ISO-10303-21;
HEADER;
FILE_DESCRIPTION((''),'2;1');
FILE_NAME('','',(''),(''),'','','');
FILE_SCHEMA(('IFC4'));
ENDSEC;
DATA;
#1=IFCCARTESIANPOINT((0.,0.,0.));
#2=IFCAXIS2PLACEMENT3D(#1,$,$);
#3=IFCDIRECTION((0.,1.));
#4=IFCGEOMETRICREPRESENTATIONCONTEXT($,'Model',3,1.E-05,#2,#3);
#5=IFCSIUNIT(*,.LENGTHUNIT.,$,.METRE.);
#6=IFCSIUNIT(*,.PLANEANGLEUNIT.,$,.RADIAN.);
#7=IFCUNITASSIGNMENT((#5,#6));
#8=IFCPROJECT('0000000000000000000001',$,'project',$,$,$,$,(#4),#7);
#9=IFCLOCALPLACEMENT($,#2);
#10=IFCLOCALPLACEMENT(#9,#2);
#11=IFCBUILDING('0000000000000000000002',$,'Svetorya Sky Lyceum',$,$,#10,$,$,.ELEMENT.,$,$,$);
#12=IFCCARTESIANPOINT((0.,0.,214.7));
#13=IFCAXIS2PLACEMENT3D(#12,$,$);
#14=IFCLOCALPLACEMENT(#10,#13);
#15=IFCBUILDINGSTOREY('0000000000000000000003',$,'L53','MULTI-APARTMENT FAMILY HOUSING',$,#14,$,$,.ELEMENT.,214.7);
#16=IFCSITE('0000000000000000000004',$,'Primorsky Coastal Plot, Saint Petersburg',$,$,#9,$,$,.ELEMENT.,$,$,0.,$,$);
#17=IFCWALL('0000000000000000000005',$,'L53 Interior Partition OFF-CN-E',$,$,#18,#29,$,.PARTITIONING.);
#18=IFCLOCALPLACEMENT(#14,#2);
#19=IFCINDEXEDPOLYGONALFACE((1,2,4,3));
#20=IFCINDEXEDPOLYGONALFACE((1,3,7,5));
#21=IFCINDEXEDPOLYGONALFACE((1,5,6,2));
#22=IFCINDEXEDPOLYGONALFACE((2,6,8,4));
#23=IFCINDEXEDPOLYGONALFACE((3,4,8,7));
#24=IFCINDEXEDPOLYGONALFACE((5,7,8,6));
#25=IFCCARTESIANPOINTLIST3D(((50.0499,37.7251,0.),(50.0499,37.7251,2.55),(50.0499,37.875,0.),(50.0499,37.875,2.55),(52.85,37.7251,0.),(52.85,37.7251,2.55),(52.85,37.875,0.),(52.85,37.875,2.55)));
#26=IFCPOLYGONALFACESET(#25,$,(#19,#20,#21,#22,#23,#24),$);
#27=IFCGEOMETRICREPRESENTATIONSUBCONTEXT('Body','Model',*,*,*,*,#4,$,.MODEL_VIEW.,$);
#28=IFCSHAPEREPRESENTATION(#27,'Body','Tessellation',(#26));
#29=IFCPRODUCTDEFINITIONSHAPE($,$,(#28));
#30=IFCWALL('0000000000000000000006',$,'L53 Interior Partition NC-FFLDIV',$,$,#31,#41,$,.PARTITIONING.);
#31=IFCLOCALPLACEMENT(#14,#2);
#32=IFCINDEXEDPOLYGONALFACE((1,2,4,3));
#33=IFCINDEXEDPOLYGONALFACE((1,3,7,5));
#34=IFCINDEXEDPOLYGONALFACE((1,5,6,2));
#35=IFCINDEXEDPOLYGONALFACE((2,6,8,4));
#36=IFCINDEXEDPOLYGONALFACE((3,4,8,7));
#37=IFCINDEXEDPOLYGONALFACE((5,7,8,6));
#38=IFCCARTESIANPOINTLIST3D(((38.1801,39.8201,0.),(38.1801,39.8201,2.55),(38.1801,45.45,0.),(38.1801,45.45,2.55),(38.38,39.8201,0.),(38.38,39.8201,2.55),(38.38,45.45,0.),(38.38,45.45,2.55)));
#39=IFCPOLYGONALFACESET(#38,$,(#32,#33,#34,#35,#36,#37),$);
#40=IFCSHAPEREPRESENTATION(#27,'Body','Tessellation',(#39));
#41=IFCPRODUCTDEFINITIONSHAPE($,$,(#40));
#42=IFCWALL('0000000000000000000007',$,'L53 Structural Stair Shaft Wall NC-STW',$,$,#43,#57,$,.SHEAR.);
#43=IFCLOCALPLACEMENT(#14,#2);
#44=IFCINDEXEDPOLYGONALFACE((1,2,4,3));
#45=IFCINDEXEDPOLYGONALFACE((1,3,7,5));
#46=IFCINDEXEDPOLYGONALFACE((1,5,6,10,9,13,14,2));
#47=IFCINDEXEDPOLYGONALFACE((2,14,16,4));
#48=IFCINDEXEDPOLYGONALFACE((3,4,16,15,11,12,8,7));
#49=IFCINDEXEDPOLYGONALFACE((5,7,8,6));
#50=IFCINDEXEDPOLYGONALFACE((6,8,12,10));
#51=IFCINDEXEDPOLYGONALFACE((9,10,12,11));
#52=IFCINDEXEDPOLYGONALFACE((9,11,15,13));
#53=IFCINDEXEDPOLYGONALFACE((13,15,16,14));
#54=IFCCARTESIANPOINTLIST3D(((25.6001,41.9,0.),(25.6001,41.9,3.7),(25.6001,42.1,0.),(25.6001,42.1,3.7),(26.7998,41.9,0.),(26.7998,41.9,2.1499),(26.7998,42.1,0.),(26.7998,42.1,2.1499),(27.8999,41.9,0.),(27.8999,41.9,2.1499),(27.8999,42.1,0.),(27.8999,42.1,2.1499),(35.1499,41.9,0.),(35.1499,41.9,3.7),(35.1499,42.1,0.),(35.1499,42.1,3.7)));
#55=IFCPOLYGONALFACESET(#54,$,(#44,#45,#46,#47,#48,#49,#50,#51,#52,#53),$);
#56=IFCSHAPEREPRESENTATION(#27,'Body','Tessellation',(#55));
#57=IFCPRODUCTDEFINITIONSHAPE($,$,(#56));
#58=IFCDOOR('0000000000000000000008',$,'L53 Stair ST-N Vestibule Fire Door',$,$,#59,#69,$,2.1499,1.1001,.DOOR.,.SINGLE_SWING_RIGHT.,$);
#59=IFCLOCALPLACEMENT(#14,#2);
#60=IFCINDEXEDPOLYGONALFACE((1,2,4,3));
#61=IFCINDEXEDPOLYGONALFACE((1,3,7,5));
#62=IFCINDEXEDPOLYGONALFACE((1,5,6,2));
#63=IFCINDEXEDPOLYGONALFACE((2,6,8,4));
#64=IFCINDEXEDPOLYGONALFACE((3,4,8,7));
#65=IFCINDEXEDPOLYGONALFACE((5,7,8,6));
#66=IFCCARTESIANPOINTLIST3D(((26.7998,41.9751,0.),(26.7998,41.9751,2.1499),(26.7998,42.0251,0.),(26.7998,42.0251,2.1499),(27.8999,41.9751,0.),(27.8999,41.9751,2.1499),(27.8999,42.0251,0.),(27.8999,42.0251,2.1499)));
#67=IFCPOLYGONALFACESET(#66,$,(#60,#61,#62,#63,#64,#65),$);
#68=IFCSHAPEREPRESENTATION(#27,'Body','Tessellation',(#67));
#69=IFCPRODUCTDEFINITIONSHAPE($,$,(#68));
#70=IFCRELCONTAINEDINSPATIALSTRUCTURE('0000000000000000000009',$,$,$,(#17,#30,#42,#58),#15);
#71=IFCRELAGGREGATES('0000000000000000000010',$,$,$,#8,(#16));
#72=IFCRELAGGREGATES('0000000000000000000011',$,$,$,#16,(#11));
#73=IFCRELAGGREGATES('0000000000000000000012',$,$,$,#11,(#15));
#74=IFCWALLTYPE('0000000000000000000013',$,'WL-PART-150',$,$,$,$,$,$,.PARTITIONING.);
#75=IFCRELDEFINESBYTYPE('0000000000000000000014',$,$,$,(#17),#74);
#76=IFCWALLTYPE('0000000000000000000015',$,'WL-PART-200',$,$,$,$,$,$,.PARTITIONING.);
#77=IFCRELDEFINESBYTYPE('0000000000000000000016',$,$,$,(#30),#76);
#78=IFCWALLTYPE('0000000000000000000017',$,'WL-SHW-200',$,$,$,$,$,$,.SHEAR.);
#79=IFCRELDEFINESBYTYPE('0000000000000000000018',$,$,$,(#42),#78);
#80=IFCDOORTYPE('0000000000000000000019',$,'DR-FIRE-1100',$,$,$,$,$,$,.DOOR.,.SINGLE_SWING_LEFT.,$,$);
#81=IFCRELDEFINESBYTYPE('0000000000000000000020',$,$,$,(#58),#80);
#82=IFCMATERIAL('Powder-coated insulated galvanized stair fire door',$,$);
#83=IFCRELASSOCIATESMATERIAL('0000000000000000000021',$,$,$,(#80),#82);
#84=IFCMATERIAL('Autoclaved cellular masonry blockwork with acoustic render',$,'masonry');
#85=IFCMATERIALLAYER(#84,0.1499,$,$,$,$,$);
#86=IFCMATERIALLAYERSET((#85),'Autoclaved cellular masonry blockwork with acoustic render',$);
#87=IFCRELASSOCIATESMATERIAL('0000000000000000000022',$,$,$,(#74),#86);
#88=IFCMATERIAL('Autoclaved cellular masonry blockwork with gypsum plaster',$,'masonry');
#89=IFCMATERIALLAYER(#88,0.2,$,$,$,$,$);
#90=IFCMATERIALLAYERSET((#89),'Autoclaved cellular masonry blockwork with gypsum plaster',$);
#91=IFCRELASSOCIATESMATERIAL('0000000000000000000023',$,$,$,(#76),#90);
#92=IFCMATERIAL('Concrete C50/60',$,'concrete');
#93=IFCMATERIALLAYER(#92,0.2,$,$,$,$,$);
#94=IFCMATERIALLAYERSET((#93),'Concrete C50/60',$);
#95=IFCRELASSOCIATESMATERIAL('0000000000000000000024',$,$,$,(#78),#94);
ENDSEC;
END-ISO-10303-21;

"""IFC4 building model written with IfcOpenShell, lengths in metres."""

from ifc_helpers import new_model, si_unit, direction, frame, frame_2d, origin, place, context, subcontext, project, spatial, rectangle, extrude, material, layer, layer_set, type_object, element, fill, save


model = new_model("IFC4")

# Units and contexts
model_context = context("Model", 3, precision=1e-05, world=origin(), true_north=direction((0.0, 1.0)))
body_context = subcontext(model_context, "Body", "Model", "MODEL_VIEW")
ifc_project = project(units=[si_unit("LENGTHUNIT", "METRE"), si_unit("PLANEANGLEUNIT", "RADIAN")], contexts=[model_context])

# Site, building, storey
site_placement = place(None, origin())
site = spatial("IfcSite", under=ifc_project, at=site_placement, Name="Primorsky Coastal Plot, Saint Petersburg", CompositionType="ELEMENT", RefElevation=0.0)
building_placement = place(site_placement, origin())
building = spatial("IfcBuilding", under=site, at=building_placement, Name="Svetorya Sky Lyceum", CompositionType="ELEMENT")
storey_placement = place(building_placement, frame((0.0, 0.0, 214.7)))
storey = spatial("IfcBuildingStorey", under=building, at=storey_placement, Name="L53", Description="MULTI-APARTMENT FAMILY HOUSING", CompositionType="ELEMENT", Elevation=214.7)

# Shared definitions
ifc_material_1 = material(Name="Concrete C50/60", Category="concrete")

# Shared definitions
ifc_material_2 = material(Name="Powder-coated insulated galvanized stair fire door")
door_type_1 = type_object("IfcDoorType", Name="DR-FIRE-1100", OperationType="SINGLE_SWING_LEFT", PredefinedType="DOOR", material=ifc_material_2)

# Wall
ifc_material_3 = material(Name="Autoclaved cellular masonry blockwork with acoustic render", Category="masonry")
ifc_layer_1 = layer(ifc_material_3, 0.1499)
ifc_layer_set_1 = layer_set([ifc_layer_1], Name="Autoclaved cellular masonry blockwork with acoustic render")
wall_type_1 = type_object("IfcWallType", Name="WL-PART-150", PredefinedType="PARTITIONING", material=ifc_layer_set_1)
wall_1_placement = place(storey_placement, frame((50.05, 37.8, 0.0), z_axis=(0.0, 0.0, 1.0), x_axis=(1.0, 0.0, 0.0)))
element("IfcWall", 1, at=wall_1_placement, inside=storey, type_object=wall_type_1, Name="L53 Interior Partition OFF-CN-E", PredefinedType="PARTITIONING", context=body_context, shape_type="SweptSolid", body=[
    extrude(rectangle(XDim=2.8, YDim=0.1499, at=frame_2d((1.3999, 0.0))), origin(), (0.0, 0.0, 1.0), 2.55),
])

# Shared definitions
ifc_material_4 = material(Name="Autoclaved cellular masonry blockwork with gypsum plaster", Category="masonry")
ifc_layer_2 = layer(ifc_material_4, 0.2)
ifc_layer_set_2 = layer_set([ifc_layer_2], Name="Autoclaved cellular masonry blockwork with gypsum plaster")
wall_type_2 = type_object("IfcWallType", Name="WL-PART-200", PredefinedType="PARTITIONING", material=ifc_layer_set_2)

# Wall
wall_2_placement = place(storey_placement, frame((38.28, 39.8201, 0.0), z_axis=(0.0, 0.0, 1.0), x_axis=(0.0, 1.0, 0.0)))
element("IfcWall", 2, at=wall_2_placement, inside=storey, type_object=wall_type_2, Name="L53 Interior Partition NC-FFLDIV", PredefinedType="PARTITIONING", context=body_context, shape_type="SweptSolid", body=[
    extrude(rectangle(XDim=5.6299, YDim=0.2, at=frame_2d((2.8149, 0.0))), origin(), (0.0, 0.0, 1.0), 2.55),
])

# Wall, opening, door
ifc_layer_3 = layer(ifc_material_1, 0.2)
ifc_layer_set_3 = layer_set([ifc_layer_3], Name="Concrete C50/60")
wall_type_3 = type_object("IfcWallType", Name="WL-SHW-200", PredefinedType="SHEAR", material=ifc_layer_set_3)
wall_3_placement = place(storey_placement, frame((35.1499, 42.0, 0.0), z_axis=(0.0, 0.0, 1.0), x_axis=(-1.0, 0.0, 0.0)))
wall_3 = element("IfcWall", 3, at=wall_3_placement, inside=storey, type_object=wall_type_3, Name="L53 Structural Stair Shaft Wall NC-STW", PredefinedType="SHEAR", context=body_context, shape_type="SweptSolid", body=[
    extrude(rectangle(XDim=9.5498, YDim=0.2, at=frame_2d((4.7749, 0.0))), origin(), (0.0, 0.0, 1.0), 3.7),
])
opening_1_placement = place(wall_3_placement, frame((7.25, 0.0, 0.0)))
opening_1 = element("IfcOpeningElement", 4, at=opening_1_placement, cuts=wall_3, PredefinedType="OPENING", context=body_context, shape_type="SweptSolid", body=[
    extrude(rectangle(XDim=1.1001, YDim=2.1499, at=frame_2d((0.55, 1.075))), frame((0.0, 0.1099, 0.0), z_axis=(0.0, -1.0, 0.0), x_axis=(1.0, 0.0, 0.0)), (0.0, 0.0, 1.0), 0.22),
])
door_1_placement = place(opening_1_placement, origin())
door_1 = element("IfcDoor", 5, at=door_1_placement, inside=storey, type_object=door_type_1, Name="L53 Stair ST-N Vestibule Fire Door", OperationType="SINGLE_SWING_RIGHT", OverallHeight=2.1499, OverallWidth=1.1001, PredefinedType="DOOR", context=body_context, shape_type="SweptSolid", body=[
    extrude(rectangle(XDim=1.1001, YDim=2.1499, at=frame_2d((0.55, 1.075))), frame((0.0, 0.0249, 0.0), z_axis=(0.0, -1.0, 0.0), x_axis=(1.0, 0.0, 0.0)), (0.0, 0.0, 1.0), 0.05),
])
fill(opening_1, door_1)

save(model, "model.ifc")
